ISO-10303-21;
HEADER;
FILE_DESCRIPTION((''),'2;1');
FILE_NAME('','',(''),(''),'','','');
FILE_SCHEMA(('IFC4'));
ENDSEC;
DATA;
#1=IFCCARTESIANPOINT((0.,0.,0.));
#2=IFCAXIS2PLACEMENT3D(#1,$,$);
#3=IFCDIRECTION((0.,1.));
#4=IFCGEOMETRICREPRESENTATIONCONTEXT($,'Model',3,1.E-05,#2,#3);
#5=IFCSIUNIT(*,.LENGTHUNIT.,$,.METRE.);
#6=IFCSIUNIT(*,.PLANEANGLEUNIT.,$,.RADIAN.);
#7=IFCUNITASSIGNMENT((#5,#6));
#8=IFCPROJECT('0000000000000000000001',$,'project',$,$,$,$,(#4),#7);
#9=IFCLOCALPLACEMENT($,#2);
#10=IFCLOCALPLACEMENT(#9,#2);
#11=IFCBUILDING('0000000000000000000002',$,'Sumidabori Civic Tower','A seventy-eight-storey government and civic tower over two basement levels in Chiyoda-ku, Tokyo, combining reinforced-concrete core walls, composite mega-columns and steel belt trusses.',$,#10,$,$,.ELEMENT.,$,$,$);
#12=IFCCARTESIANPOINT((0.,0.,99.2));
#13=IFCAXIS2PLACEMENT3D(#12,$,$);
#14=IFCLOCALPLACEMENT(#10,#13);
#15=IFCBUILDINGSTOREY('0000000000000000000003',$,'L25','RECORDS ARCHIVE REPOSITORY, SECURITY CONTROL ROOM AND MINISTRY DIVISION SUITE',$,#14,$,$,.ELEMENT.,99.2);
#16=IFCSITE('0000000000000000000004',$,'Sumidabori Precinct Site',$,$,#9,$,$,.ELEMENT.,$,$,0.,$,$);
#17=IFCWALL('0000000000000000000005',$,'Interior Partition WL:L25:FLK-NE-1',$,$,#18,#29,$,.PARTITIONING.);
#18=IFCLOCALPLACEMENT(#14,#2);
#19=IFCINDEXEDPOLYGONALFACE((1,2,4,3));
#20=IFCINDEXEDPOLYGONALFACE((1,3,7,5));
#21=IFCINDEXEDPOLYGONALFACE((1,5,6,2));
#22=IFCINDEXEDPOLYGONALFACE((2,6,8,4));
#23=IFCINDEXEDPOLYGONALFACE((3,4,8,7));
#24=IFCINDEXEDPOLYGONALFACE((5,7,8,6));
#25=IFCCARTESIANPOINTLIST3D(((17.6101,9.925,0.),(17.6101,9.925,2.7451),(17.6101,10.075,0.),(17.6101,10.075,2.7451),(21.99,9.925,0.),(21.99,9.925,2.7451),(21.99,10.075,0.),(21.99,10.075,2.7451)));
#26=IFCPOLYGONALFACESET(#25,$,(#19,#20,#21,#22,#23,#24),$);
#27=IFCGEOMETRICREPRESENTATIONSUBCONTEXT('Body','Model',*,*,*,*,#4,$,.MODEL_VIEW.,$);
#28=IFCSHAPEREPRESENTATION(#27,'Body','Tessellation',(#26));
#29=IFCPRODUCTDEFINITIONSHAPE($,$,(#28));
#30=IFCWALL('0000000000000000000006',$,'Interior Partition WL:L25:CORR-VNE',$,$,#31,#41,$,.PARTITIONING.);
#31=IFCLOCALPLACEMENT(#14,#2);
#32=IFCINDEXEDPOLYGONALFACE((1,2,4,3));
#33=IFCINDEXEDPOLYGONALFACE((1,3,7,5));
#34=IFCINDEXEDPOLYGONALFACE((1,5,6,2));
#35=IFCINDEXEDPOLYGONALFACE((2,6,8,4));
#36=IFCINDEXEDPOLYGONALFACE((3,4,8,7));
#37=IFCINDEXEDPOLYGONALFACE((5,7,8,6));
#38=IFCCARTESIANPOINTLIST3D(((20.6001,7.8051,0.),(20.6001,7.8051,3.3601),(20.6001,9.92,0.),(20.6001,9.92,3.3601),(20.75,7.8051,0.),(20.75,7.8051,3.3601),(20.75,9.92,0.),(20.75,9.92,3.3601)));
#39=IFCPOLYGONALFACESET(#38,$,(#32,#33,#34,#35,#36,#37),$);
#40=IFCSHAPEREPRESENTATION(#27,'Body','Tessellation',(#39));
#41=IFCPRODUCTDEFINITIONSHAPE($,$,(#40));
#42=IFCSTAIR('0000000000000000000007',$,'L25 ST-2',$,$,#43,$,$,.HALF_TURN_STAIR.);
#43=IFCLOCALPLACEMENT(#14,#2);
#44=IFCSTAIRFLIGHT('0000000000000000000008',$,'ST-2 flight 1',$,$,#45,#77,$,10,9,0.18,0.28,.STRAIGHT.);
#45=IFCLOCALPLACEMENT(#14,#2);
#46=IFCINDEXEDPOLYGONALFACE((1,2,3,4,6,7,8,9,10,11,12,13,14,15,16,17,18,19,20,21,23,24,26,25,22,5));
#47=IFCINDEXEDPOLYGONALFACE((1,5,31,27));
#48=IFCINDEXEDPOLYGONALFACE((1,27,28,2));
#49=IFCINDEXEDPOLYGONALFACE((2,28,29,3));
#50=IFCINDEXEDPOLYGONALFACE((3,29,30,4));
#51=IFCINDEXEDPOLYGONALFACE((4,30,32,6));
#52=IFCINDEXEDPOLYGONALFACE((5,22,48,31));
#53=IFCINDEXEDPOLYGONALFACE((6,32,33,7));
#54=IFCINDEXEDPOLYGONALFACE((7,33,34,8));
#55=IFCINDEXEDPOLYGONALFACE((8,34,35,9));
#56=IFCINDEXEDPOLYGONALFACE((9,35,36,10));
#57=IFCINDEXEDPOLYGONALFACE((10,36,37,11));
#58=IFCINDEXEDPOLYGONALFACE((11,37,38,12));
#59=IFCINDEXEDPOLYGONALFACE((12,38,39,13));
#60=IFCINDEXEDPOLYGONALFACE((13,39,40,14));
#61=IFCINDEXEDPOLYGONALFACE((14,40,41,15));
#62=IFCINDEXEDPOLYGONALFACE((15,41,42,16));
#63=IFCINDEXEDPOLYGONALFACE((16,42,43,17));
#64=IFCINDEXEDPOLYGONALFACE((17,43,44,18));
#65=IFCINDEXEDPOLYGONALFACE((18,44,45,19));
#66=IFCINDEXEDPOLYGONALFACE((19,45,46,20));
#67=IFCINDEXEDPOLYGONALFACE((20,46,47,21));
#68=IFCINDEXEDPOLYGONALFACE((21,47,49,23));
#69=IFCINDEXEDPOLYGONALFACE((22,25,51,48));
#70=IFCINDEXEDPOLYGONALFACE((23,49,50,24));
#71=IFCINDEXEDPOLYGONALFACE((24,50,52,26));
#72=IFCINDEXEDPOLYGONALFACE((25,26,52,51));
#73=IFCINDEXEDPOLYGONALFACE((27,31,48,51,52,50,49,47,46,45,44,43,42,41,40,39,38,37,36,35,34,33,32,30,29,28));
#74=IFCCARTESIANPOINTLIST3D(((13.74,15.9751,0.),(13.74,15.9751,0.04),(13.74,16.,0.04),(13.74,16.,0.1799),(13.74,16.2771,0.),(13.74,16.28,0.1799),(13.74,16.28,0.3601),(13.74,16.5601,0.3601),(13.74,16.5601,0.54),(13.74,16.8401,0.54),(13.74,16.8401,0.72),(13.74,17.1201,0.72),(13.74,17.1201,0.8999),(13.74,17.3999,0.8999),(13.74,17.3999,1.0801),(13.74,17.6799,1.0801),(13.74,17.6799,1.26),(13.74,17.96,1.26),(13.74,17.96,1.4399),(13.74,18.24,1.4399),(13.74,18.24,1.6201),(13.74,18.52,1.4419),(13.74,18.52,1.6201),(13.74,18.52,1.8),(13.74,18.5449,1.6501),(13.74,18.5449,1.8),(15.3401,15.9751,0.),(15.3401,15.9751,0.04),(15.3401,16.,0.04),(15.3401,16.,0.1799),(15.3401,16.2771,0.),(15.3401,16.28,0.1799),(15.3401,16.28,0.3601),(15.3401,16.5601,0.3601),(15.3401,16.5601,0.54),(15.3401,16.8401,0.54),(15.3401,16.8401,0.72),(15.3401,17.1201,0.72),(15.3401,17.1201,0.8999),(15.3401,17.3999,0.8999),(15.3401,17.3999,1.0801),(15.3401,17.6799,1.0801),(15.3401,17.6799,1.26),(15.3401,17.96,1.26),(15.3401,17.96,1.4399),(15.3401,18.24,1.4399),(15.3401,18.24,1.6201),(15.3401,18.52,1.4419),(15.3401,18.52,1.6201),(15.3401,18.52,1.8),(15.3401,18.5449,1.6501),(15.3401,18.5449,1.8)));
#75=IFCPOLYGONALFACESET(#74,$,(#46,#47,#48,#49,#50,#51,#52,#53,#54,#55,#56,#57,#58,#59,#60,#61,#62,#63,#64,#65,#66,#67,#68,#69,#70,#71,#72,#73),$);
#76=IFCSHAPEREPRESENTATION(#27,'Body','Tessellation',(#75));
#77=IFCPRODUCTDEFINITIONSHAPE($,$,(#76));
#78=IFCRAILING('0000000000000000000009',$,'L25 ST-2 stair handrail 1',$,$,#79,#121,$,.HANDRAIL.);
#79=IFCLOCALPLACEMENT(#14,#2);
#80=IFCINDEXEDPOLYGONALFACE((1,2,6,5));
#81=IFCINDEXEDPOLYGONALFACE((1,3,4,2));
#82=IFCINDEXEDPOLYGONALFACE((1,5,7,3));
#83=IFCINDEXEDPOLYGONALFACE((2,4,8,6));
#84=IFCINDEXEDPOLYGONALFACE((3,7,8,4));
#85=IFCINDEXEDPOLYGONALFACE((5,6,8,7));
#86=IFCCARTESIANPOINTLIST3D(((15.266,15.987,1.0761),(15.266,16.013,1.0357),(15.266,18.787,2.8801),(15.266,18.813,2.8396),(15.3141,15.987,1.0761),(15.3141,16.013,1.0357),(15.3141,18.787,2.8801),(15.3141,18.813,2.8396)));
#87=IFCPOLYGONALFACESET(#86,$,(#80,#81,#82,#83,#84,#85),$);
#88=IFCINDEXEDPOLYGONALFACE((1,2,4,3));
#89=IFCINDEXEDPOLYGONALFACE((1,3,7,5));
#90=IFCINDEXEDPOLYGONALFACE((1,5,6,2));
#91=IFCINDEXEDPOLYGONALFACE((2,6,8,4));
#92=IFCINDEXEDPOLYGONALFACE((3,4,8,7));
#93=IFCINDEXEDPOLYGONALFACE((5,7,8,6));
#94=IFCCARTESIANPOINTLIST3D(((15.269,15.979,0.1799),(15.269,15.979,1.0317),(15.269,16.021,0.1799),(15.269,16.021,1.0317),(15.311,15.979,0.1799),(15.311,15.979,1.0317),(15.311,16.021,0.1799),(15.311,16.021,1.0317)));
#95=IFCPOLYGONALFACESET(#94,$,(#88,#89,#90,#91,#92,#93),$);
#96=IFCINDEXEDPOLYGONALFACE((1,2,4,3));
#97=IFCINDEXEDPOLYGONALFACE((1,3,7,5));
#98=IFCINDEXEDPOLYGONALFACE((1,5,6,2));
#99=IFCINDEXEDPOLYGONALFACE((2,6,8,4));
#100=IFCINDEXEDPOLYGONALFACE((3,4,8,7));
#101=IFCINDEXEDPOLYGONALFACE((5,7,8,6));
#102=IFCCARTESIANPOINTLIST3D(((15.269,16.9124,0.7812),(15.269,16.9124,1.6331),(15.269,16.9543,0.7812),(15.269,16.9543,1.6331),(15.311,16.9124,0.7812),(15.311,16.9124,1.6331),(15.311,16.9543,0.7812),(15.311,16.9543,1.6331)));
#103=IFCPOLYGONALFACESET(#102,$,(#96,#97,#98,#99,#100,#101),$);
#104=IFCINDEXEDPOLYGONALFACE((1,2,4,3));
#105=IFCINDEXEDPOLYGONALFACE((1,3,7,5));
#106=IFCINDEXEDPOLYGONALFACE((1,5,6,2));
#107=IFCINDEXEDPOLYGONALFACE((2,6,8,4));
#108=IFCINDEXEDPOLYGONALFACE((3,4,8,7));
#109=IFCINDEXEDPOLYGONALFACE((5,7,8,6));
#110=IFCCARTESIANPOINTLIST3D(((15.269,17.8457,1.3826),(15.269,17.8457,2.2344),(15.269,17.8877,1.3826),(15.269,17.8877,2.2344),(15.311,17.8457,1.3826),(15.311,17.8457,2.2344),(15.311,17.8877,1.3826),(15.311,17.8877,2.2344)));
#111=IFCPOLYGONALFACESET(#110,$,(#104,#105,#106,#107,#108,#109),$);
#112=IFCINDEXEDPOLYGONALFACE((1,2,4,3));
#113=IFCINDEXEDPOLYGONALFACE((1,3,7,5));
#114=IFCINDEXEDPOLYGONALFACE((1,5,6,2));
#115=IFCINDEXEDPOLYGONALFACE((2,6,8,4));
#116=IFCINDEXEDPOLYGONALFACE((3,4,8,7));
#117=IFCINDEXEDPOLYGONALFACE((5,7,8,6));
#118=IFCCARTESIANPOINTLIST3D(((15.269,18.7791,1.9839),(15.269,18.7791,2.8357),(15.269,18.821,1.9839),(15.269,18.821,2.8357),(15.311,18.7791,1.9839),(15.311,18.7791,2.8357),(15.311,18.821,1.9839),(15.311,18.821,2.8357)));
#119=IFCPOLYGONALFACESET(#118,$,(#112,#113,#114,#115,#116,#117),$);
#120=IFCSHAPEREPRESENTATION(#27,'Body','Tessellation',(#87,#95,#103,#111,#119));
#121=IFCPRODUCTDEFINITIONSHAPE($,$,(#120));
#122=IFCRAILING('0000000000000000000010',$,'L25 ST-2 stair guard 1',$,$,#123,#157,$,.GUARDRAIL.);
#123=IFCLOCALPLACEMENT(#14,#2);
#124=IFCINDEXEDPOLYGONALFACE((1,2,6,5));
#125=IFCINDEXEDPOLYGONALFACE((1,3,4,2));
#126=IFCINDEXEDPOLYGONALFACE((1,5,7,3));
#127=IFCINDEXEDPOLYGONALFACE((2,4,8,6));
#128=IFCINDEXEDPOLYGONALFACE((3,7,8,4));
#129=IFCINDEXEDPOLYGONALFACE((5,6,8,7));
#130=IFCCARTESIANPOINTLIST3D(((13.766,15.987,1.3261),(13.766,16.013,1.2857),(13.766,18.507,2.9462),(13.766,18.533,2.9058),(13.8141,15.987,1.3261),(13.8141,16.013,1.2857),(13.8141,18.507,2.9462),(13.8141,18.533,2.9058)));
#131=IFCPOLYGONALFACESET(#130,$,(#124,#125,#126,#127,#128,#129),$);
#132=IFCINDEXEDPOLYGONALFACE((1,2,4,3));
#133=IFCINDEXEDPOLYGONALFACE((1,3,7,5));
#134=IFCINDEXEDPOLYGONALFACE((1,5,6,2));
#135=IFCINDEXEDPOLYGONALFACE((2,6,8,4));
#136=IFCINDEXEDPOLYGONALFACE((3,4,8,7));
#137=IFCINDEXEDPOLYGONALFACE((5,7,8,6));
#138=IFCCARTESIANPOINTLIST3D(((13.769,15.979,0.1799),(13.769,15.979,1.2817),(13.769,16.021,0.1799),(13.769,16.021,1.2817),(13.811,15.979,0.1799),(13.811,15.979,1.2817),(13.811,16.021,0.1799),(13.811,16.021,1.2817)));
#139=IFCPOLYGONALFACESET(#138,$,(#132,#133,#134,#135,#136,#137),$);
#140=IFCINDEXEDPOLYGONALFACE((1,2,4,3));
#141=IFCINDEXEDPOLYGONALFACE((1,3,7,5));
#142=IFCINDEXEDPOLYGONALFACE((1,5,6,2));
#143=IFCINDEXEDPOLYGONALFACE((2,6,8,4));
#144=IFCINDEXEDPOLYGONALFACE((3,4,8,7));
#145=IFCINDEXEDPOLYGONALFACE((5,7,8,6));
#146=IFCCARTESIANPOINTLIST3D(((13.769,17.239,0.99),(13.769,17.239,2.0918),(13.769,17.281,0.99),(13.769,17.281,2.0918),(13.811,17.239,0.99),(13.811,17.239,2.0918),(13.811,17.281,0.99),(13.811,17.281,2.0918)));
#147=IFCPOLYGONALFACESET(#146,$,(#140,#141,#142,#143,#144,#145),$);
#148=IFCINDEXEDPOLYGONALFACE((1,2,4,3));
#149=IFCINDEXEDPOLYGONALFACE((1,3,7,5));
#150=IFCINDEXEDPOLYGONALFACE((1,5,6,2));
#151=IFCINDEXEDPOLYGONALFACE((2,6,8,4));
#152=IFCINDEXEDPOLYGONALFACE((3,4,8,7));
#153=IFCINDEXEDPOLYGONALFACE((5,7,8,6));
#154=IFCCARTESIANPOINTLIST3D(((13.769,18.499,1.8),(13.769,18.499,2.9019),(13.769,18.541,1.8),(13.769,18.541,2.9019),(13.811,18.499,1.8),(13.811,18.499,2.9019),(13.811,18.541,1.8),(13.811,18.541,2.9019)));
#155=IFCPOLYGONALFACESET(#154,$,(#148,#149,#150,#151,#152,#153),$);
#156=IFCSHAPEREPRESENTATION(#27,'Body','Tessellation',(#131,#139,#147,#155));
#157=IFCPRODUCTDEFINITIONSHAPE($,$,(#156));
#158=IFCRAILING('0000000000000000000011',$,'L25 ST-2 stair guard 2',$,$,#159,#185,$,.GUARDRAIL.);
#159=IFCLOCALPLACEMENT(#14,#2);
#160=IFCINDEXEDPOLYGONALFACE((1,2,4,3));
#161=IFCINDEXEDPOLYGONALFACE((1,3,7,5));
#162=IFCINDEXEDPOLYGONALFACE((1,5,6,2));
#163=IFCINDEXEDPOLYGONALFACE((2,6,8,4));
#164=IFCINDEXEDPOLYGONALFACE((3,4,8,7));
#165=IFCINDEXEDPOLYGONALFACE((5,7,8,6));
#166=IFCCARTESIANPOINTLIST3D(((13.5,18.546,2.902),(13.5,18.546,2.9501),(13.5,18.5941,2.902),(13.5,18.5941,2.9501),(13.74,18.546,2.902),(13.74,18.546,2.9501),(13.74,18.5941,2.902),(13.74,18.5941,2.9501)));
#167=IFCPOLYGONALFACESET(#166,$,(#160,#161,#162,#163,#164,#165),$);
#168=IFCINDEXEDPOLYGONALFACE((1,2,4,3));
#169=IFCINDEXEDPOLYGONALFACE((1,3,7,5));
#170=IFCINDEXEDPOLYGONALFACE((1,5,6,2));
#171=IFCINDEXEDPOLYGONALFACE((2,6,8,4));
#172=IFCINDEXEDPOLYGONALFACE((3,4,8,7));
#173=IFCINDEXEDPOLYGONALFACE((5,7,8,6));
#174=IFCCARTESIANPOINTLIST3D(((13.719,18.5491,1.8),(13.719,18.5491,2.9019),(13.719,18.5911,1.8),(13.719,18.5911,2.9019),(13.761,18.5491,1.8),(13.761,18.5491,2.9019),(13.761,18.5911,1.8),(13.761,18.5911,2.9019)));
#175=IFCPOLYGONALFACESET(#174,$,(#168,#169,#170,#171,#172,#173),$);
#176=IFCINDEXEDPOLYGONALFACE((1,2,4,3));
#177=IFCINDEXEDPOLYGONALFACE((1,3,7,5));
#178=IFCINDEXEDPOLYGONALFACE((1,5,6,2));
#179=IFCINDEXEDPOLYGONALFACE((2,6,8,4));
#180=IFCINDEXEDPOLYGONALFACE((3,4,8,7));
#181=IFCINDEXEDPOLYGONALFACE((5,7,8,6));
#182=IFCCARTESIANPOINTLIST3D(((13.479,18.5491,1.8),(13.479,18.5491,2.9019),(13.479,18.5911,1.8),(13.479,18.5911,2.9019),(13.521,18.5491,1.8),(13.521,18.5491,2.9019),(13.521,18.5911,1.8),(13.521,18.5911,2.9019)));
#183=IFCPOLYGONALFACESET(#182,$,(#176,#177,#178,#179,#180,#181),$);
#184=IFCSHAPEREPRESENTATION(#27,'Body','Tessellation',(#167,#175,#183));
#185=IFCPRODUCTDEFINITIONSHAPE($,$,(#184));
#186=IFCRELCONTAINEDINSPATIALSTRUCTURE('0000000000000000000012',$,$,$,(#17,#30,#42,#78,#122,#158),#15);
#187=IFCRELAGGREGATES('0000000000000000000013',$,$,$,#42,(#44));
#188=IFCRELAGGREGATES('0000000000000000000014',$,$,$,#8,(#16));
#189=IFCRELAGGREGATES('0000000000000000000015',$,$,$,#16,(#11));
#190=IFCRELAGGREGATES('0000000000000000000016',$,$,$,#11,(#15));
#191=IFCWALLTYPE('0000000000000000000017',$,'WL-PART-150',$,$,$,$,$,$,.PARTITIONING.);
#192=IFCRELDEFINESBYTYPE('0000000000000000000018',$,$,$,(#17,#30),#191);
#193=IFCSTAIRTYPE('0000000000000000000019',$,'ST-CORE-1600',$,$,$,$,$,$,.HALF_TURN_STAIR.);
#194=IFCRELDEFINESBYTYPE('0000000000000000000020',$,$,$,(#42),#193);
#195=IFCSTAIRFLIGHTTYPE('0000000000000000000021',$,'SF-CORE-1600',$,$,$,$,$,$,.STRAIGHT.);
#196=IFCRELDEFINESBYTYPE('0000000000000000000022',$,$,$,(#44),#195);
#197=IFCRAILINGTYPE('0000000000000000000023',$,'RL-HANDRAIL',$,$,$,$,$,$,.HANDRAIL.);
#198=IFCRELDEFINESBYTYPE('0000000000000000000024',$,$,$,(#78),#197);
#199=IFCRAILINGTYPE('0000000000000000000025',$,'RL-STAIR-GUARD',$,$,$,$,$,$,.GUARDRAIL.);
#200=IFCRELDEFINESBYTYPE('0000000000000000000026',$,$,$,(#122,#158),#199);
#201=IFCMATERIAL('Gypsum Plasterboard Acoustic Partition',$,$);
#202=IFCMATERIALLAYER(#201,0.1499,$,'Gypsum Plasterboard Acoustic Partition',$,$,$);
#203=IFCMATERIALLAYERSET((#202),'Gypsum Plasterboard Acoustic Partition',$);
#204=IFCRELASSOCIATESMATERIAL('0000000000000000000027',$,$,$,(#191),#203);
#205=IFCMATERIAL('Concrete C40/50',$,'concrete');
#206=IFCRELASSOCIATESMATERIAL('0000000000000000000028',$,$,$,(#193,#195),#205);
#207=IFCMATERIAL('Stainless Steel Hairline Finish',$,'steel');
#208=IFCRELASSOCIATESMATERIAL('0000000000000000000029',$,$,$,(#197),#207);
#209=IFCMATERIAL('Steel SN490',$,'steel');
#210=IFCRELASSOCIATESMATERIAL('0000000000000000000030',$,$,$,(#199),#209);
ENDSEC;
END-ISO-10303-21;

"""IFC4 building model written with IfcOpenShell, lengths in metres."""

from ifc_helpers import new_model, si_unit, direction, frame, frame_2d, origin, origin_2d, place, context, subcontext, project, spatial, polyline, rectangle, outline, extrude, source, transform, mapped, material, layer, layer_set, type_object, element, aggregate, save


model = new_model("IFC4")

# Units and contexts
model_context = context("Model", 3, precision=1e-05, world=origin(), true_north=direction((0.0, 1.0)))
body_context = subcontext(model_context, "Body", "Model", "MODEL_VIEW")
ifc_project = project(units=[si_unit("LENGTHUNIT", "METRE"), si_unit("PLANEANGLEUNIT", "RADIAN")], contexts=[model_context])

# Site, building, storey
site_placement = place(None, origin())
site = spatial("IfcSite", under=ifc_project, at=site_placement, Name="Sumidabori Precinct Site", CompositionType="ELEMENT", RefElevation=0.0)
building_placement = place(site_placement, origin())
building = spatial("IfcBuilding", under=site, at=building_placement, Name="Sumidabori Civic Tower", Description="A seventy-eight-storey government and civic tower over two basement levels in Chiyoda-ku, Tokyo, combining reinforced-concrete core walls, composite mega-columns and steel belt trusses.", CompositionType="ELEMENT")
storey_placement = place(building_placement, frame((0.0, 0.0, 99.2)))
storey = spatial("IfcBuildingStorey", under=building, at=storey_placement, Name="L25", Description="RECORDS ARCHIVE REPOSITORY, SECURITY CONTROL ROOM AND MINISTRY DIVISION SUITE", CompositionType="ELEMENT", Elevation=99.2)

# Shared definitions
ifc_material_1 = material(Name="Steel SN490", Category="steel")

# Walls
ifc_material_2 = material(Name="Gypsum Plasterboard Acoustic Partition")
ifc_layer_1 = layer(ifc_material_2, 0.1499, Name="Gypsum Plasterboard Acoustic Partition")
ifc_layer_set_1 = layer_set([ifc_layer_1], Name="Gypsum Plasterboard Acoustic Partition")
wall_type_1 = type_object("IfcWallType", Name="WL-PART-150", PredefinedType="PARTITIONING", material=ifc_layer_set_1)
shared_shape_1 = source(origin(), body_context, "Body", "SweptSolid", [
    extrude(rectangle(XDim=4.3799, YDim=0.1499, at=frame_2d((2.1899, 0.0))), origin(), (0.0, 0.0, 1.0), 2.7451),
])
wall_1_placement = place(storey_placement, frame((17.6101, 10.0, 0.0), z_axis=(0.0, 0.0, 1.0), x_axis=(1.0, 0.0, 0.0)))
element("IfcWall", 1, at=wall_1_placement, inside=storey, type_object=wall_type_1, Name="Interior Partition WL:L25:FLK-NE-1", PredefinedType="PARTITIONING", context=body_context, shape_type="MappedRepresentation", body=[
    mapped(shared_shape_1, transform((0.0, 0.0, 0.0), x_axis=(1.0, 0.0, 0.0), y_axis=(0.0, 1.0, 0.0), z_axis=(0.0, 0.0, 1.0), scale=1.0)),
])
shared_shape_2 = source(origin(), body_context, "Body", "SweptSolid", [
    extrude(rectangle(XDim=2.115, YDim=0.1499, at=frame_2d((1.0576, 0.0))), origin(), (0.0, 0.0, 1.0), 3.3601),
])
wall_2_placement = place(storey_placement, frame((20.675, 7.8049, 0.0), z_axis=(0.0, 0.0, 1.0), x_axis=(0.0, 1.0, 0.0)))
element("IfcWall", 2, at=wall_2_placement, inside=storey, type_object=wall_type_1, Name="Interior Partition WL:L25:CORR-VNE", PredefinedType="PARTITIONING", context=body_context, shape_type="MappedRepresentation", body=[
    mapped(shared_shape_2, transform((0.0, 0.0, 0.0), x_axis=(1.0, 0.0, 0.0), y_axis=(0.0, 1.0, 0.0), z_axis=(0.0, 0.0, 1.0), scale=1.0)),
])

# Stair, stair flight
ifc_material_3 = material(Name="Concrete C40/50", Category="concrete")
stair_type = type_object("IfcStairType", Name="ST-CORE-1600", PredefinedType="HALF_TURN_STAIR", material=ifc_material_3)
stair_placement = place(storey_placement, origin())
stair = element("IfcStair", 3, at=stair_placement, inside=storey, type_object=stair_type, Name="L25 ST-2", PredefinedType="HALF_TURN_STAIR")
stair_flight_type = type_object("IfcStairFlightType", Name="SF-CORE-1600", PredefinedType="STRAIGHT", material=ifc_material_3)
shared_shape_3 = source(origin(), body_context, "Body", "SweptSolid", [
    extrude(outline(polyline([(-0.0249, 0.0), (-0.0249, 0.04), (0.0, 0.04), (0.0, 0.1799), (0.28, 0.1799), (0.28, 0.3601), (0.5601, 0.3601), (0.5601, 0.54), (0.8401, 0.54), (0.8401, 0.72), (1.1201, 0.72), (1.1201, 0.8999), (1.3999, 0.8999), (1.3999, 1.0801), (1.6799, 1.0801), (1.6799, 1.26), (1.96, 1.26), (1.96, 1.4399), (2.24, 1.4399), (2.24, 1.6201), (2.52, 1.6201), (2.52, 1.8), (2.5449, 1.8), (2.5449, 1.6501), (2.52, 1.4419), (0.2771, 0.0), (-0.0249, 0.0)])), frame((0.0, 0.8, 0.0), z_axis=(0.0, -1.0, 0.0), x_axis=(1.0, 0.0, 0.0)), (0.0, 0.0, 1.0), 1.6001),
])
stair_flight_placement = place(storey_placement, frame((14.54, 16.0, 0.0), z_axis=(0.0, 0.0, 1.0), x_axis=(0.0, 1.0, 0.0)))
stair_flight = element("IfcStairFlight", 4, at=stair_flight_placement, type_object=stair_flight_type, Name="ST-2 flight 1", NumberOfRisers=10, NumberOfTreads=9, PredefinedType="STRAIGHT", RiserHeight=0.18, TreadLength=0.28, context=body_context, shape_type="MappedRepresentation", body=[
    mapped(shared_shape_3, transform((0.0, 0.0, 0.0), x_axis=(1.0, 0.0, 0.0), y_axis=(0.0, 1.0, 0.0), z_axis=(0.0, 0.0, 1.0), scale=1.0)),
])
aggregate(stair, [stair_flight])

# Railings
ifc_material_4 = material(Name="Stainless Steel Hairline Finish", Category="steel")
railing_type_1 = type_object("IfcRailingType", Name="RL-HANDRAIL", PredefinedType="HANDRAIL", material=ifc_material_4)
railing_1_placement = place(storey_placement, frame((15.29, 16.0, 0.1799)))
element("IfcRailing", 5, at=railing_1_placement, inside=storey, type_object=railing_type_1, Name="L25 ST-2 stair handrail 1", PredefinedType="HANDRAIL", context=body_context, shape_type="SweptSolid", body=[
    extrude(rectangle(XDim=0.0481, YDim=0.0481, at=origin_2d()), frame((0.0, 0.0, 0.876), z_axis=(0.0, 0.840642, 0.541591), x_axis=(-1.0, 0.0, 0.0)), (0.0, 0.0, 1.0), 3.3308),
    extrude(rectangle(XDim=0.042, YDim=0.042, at=origin_2d()), origin(), (0.0, 0.0, 1.0), 0.8518),
    extrude(rectangle(XDim=0.042, YDim=0.042, at=origin_2d()), frame((0.0, 0.9333, 0.6013)), (0.0, 0.0, 1.0), 0.8518),
    extrude(rectangle(XDim=0.042, YDim=0.042, at=origin_2d()), frame((0.0, 1.8667, 1.2026)), (0.0, 0.0, 1.0), 0.8518),
    extrude(rectangle(XDim=0.042, YDim=0.042, at=origin_2d()), frame((0.0, 2.8, 1.804)), (0.0, 0.0, 1.0), 0.8518),
])
railing_type_2 = type_object("IfcRailingType", Name="RL-STAIR-GUARD", PredefinedType="GUARDRAIL", material=ifc_material_1)
railing_2_placement = place(storey_placement, frame((13.79, 16.0, 0.1799)))
element("IfcRailing", 6, at=railing_2_placement, inside=storey, type_object=railing_type_2, Name="L25 ST-2 stair guard 1", PredefinedType="GUARDRAIL", context=body_context, shape_type="SweptSolid", body=[
    extrude(rectangle(XDim=0.0481, YDim=0.0481, at=origin_2d()), frame((0.0, 0.0, 1.126), z_axis=(0.0, 0.841163, 0.540782), x_axis=(-1.0, 0.0, 0.0)), (0.0, 0.0, 1.0), 2.9958),
    extrude(rectangle(XDim=0.042, YDim=0.042, at=origin_2d()), origin(), (0.0, 0.0, 1.0), 1.1018),
    extrude(rectangle(XDim=0.042, YDim=0.042, at=origin_2d()), frame((0.0, 1.26, 0.8101)), (0.0, 0.0, 1.0), 1.1018),
    extrude(rectangle(XDim=0.042, YDim=0.042, at=origin_2d()), frame((0.0, 2.52, 1.6201)), (0.0, 0.0, 1.0), 1.1018),
])
for number, where, name in (
    (7, (13.74, 18.5701, 1.8), "L25 ST-2 stair guard 2"),
):
    element("IfcRailing", number, at=place(storey_placement, frame(where)), inside=storey, type_object=railing_type_2, Name=name, PredefinedType="GUARDRAIL", context=body_context, shape_type="SweptSolid", body=[
        extrude(rectangle(XDim=0.0481, YDim=0.0481, at=origin_2d()), frame((0.0, 0.0, 1.126), z_axis=(-1.0, 0.0, 0.0), x_axis=(0.0, -1.0, 0.0)), (0.0, 0.0, 1.0), 0.24),
        extrude(rectangle(XDim=0.042, YDim=0.042, at=origin_2d()), origin(), (0.0, 0.0, 1.0), 1.1018),
        extrude(rectangle(XDim=0.042, YDim=0.042, at=origin_2d()), frame((-0.24, 0.0, 0.0)), (0.0, 0.0, 1.0), 1.1018),
    ])

save(model, "model.ifc")
